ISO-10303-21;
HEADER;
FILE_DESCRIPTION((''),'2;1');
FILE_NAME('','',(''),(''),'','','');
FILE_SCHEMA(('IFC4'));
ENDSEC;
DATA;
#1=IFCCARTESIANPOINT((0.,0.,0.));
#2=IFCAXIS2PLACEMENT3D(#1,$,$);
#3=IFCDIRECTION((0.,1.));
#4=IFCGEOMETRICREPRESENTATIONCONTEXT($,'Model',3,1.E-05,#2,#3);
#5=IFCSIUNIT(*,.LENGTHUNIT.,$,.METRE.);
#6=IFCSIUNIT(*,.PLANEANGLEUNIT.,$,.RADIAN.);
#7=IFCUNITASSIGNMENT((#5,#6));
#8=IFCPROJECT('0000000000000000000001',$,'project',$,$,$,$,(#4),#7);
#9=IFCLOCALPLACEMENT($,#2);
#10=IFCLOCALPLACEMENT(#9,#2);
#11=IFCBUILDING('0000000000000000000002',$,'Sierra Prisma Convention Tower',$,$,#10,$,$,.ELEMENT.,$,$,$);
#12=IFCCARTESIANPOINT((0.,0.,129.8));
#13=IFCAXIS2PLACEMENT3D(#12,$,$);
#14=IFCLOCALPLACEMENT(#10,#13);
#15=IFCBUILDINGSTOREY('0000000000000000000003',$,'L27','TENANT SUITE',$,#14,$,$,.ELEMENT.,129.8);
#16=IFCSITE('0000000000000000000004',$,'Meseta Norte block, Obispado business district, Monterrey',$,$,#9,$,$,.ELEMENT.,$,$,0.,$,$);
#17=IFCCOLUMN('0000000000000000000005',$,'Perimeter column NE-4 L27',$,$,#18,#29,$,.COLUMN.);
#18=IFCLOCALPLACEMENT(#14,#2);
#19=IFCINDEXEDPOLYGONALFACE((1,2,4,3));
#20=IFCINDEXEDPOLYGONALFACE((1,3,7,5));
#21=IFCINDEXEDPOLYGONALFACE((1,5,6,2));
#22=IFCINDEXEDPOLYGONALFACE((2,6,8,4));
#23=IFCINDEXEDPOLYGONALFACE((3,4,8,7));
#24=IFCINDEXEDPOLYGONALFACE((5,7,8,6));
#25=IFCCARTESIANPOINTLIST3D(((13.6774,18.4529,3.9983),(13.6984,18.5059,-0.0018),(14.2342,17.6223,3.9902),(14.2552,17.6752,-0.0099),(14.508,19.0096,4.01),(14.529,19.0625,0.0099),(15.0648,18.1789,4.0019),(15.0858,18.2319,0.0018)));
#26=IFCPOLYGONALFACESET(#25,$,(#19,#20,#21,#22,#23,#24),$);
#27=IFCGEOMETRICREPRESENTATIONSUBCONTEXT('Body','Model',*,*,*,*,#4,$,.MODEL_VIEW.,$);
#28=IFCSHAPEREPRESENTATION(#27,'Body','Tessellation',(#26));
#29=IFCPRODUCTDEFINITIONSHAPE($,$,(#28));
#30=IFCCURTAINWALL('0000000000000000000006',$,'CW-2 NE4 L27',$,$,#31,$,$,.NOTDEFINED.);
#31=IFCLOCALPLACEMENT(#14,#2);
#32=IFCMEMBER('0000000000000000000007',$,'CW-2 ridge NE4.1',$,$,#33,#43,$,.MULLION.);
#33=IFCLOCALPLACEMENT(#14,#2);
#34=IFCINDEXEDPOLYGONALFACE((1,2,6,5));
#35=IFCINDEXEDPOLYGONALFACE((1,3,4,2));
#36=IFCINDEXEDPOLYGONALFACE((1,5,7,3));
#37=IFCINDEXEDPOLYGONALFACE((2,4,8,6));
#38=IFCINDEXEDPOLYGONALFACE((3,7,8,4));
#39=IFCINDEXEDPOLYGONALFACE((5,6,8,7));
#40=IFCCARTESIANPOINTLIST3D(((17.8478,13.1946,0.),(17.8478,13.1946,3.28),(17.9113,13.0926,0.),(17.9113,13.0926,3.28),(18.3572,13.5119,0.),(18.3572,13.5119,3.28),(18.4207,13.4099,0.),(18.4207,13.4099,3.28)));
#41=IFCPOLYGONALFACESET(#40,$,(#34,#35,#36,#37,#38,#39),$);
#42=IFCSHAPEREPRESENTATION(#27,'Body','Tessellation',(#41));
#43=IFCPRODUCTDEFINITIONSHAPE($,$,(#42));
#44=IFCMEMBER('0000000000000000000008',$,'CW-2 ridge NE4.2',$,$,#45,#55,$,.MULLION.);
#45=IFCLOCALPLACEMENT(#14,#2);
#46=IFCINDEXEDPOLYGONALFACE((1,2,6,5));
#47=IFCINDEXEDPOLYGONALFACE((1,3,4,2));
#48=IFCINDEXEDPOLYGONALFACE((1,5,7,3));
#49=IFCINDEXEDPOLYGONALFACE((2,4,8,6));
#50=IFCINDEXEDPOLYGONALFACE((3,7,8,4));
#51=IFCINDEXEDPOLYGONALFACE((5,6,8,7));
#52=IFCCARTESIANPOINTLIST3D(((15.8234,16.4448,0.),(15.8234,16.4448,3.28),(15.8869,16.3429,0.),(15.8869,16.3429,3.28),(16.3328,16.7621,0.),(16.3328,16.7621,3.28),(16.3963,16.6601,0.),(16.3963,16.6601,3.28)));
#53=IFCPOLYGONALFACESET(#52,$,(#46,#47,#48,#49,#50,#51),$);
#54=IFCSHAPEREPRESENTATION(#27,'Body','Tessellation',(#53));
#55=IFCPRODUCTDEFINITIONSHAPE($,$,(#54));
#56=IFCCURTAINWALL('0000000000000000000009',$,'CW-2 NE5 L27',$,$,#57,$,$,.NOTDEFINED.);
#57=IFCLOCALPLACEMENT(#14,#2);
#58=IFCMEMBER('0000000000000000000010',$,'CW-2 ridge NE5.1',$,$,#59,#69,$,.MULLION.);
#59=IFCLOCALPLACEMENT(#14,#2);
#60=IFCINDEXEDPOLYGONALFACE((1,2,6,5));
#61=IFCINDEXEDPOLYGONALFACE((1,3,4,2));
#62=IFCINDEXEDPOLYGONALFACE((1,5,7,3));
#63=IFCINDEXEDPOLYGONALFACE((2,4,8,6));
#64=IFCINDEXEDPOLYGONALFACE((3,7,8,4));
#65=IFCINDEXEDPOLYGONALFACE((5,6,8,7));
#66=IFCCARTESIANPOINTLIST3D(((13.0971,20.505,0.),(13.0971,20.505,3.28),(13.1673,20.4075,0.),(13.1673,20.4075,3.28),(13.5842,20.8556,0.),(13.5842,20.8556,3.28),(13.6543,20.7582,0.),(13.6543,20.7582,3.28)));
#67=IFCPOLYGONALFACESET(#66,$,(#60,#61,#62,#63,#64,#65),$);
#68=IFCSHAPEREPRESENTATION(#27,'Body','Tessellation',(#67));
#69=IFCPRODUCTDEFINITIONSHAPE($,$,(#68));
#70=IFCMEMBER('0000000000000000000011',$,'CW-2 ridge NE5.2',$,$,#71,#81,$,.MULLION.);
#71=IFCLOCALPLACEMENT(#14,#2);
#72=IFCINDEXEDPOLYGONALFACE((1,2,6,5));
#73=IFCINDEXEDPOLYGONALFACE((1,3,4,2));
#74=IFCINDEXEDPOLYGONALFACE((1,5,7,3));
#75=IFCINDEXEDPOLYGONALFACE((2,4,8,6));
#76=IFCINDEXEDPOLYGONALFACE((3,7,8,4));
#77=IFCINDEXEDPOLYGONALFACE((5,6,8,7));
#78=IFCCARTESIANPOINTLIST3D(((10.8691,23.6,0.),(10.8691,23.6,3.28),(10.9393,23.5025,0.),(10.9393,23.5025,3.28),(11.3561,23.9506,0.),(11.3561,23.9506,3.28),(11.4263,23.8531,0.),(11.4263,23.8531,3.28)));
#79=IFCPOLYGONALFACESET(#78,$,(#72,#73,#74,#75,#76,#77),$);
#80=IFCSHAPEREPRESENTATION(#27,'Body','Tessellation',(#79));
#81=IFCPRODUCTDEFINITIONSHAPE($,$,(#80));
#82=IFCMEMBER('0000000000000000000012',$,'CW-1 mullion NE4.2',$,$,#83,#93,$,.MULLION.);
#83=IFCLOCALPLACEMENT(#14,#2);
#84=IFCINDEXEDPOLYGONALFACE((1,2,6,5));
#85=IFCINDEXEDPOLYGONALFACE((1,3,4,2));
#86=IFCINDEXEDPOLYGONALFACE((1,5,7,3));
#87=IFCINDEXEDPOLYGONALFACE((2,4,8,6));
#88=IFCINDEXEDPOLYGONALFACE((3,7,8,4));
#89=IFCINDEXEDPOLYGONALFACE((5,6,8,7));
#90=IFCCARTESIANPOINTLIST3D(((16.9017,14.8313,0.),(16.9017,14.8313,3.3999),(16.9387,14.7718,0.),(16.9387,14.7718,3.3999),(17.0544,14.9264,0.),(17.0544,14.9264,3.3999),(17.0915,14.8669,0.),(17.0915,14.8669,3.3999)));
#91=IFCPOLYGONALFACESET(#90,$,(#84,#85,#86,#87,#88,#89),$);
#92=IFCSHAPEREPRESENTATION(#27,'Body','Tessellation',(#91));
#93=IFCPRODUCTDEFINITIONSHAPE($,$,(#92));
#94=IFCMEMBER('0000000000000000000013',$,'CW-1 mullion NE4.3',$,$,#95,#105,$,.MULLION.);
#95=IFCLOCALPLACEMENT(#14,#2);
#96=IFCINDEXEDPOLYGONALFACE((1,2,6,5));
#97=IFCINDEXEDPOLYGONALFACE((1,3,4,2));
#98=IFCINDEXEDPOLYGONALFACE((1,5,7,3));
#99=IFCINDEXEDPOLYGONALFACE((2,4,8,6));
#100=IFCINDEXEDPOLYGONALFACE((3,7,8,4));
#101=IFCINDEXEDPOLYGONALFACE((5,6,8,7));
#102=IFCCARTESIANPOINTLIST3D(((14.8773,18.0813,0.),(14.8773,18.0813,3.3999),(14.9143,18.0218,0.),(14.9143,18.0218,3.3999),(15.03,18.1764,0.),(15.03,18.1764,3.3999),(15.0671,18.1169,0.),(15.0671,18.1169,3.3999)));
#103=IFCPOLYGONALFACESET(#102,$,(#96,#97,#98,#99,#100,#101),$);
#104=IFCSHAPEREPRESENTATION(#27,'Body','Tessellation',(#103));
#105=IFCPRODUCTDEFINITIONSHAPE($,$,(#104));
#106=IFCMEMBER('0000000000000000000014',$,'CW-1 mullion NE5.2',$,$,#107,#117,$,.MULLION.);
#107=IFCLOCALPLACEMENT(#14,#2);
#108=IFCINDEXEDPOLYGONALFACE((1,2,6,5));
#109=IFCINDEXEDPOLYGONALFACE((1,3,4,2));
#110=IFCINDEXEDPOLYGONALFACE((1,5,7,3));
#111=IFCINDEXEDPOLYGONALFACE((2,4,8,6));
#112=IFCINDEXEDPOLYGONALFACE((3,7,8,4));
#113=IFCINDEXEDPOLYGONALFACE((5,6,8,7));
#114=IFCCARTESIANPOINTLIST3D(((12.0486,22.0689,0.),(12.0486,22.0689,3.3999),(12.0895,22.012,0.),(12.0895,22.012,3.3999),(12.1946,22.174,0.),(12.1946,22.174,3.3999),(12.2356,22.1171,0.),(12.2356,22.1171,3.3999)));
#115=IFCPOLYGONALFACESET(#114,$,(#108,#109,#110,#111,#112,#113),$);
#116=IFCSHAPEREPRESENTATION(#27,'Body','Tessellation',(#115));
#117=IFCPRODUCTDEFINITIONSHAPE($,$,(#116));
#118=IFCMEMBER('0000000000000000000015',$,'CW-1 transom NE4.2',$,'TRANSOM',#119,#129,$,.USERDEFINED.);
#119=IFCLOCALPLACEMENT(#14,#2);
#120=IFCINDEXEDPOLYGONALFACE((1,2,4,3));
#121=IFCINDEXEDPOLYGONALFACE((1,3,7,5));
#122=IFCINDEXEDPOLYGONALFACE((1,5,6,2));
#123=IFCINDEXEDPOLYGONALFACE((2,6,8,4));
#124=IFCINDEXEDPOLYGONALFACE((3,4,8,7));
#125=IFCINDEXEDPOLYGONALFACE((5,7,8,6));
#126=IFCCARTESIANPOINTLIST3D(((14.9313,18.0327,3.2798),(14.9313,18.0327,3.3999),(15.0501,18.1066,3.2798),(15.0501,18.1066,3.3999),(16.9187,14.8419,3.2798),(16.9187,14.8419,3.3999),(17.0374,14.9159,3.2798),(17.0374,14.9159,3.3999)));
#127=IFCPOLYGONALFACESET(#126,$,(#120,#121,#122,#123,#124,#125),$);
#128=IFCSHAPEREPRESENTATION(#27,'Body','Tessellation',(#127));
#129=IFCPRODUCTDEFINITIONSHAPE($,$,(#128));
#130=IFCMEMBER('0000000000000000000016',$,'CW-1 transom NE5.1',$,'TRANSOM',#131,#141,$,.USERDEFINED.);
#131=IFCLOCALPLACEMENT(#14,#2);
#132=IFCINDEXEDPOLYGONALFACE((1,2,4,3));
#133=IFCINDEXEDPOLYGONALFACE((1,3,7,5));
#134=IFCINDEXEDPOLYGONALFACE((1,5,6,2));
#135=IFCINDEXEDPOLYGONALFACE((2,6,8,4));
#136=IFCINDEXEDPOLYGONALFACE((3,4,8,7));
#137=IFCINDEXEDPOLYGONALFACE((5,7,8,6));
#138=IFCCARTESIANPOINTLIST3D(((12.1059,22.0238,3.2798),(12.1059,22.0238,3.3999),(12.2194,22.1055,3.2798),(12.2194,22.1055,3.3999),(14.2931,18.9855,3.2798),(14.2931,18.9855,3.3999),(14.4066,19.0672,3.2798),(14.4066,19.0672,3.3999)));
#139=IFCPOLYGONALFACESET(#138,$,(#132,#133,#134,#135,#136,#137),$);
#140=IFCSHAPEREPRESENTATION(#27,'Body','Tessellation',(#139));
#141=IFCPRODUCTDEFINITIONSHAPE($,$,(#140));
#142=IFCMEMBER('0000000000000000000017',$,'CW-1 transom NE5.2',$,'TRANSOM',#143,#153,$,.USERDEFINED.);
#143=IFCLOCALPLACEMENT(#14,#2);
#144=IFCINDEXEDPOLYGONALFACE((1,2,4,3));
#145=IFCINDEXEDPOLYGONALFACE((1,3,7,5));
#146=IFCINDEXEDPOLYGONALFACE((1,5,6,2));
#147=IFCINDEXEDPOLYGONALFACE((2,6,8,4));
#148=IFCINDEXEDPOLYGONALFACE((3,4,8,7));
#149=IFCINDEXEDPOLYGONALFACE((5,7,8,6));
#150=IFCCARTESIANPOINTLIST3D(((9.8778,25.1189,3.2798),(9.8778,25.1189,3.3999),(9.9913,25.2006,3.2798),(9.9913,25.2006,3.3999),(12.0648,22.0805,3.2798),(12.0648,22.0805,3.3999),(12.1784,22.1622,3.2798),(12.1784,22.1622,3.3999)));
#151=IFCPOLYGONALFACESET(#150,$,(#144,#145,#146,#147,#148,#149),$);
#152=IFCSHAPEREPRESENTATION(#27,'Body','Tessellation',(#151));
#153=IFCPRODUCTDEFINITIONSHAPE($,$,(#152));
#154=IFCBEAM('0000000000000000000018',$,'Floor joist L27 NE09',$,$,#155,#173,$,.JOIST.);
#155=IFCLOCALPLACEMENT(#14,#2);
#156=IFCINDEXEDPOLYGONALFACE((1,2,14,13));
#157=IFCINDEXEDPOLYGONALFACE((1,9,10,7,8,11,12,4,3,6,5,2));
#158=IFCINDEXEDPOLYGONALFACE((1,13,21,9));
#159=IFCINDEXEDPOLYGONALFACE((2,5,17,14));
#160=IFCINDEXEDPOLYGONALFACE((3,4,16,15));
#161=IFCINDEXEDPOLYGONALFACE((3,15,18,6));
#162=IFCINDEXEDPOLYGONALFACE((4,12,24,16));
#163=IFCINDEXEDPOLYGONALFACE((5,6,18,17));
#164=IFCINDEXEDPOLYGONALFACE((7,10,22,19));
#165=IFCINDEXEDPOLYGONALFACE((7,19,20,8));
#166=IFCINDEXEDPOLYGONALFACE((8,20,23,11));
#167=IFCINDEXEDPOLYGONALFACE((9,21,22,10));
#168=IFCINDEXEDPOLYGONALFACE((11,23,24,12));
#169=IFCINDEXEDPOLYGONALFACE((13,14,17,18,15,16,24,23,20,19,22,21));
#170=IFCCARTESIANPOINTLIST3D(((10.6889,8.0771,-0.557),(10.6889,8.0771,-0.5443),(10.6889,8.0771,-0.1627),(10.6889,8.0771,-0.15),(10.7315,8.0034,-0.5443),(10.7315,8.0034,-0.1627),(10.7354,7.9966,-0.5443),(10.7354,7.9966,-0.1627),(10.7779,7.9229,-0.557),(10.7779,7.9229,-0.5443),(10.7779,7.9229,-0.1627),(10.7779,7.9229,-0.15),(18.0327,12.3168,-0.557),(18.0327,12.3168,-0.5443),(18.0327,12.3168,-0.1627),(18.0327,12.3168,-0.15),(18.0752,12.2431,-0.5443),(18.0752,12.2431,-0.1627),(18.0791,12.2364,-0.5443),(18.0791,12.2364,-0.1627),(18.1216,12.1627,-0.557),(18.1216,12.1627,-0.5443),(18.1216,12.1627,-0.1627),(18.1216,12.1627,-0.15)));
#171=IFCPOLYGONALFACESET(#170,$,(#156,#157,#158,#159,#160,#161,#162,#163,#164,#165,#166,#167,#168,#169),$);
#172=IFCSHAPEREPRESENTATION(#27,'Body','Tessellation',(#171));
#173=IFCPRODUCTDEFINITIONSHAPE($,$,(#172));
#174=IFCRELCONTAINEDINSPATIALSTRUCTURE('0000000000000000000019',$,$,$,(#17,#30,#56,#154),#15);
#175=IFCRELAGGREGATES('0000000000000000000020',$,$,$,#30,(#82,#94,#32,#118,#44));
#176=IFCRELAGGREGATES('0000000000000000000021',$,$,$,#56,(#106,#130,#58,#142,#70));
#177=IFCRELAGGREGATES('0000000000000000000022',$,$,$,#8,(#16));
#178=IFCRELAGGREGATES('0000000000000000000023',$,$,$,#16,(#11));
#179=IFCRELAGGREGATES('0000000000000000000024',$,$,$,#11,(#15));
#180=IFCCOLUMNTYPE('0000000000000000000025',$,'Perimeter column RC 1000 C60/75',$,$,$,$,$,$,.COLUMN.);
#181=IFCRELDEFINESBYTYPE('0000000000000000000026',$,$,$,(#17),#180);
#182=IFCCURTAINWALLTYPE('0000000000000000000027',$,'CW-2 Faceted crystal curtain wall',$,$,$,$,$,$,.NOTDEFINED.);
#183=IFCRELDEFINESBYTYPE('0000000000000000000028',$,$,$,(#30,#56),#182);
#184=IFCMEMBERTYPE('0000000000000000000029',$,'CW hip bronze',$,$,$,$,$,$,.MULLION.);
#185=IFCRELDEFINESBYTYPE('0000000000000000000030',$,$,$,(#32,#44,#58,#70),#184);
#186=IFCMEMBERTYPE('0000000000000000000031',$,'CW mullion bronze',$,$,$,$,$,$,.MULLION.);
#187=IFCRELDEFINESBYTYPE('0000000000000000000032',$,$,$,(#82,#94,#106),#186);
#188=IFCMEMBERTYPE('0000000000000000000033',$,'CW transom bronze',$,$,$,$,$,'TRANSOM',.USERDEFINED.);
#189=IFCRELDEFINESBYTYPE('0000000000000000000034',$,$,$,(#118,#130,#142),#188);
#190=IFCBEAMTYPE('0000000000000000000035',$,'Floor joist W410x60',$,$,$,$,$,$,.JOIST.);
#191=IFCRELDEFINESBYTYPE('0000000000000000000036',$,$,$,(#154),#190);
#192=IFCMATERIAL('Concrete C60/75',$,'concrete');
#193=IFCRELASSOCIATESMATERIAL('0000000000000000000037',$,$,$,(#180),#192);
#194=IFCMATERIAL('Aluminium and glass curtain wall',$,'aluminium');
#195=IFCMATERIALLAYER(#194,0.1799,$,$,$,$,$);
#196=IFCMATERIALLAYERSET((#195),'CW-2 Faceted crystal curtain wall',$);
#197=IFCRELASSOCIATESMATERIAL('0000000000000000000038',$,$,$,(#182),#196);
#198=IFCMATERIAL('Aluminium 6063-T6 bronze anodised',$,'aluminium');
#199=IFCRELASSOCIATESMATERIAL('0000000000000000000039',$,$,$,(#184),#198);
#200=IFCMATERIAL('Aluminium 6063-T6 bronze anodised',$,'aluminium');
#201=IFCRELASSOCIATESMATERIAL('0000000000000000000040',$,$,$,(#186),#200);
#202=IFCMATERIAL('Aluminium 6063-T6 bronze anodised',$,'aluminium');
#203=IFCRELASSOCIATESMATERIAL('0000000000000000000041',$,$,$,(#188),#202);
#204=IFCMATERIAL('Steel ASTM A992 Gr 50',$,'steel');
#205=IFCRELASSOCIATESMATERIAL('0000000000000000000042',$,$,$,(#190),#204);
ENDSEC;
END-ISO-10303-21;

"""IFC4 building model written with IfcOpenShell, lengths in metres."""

from ifc_helpers import new_model, si_unit, direction, frame, origin, origin_2d, place, context, subcontext, project, spatial, rectangle, i_section, extrude, material, layer, layer_set, material_profile, profile_set, type_object, element, aggregate, save


model = new_model("IFC4")

# Units and contexts
model_context = context("Model", 3, precision=1e-05, world=origin(), true_north=direction((0.0, 1.0)))
body_context = subcontext(model_context, "Body", "Model", "MODEL_VIEW")
ifc_project = project(units=[si_unit("LENGTHUNIT", "METRE"), si_unit("PLANEANGLEUNIT", "RADIAN")], contexts=[model_context])

# Site, building, storey
site_placement = place(None, origin())
site = spatial("IfcSite", under=ifc_project, at=site_placement, Name="Meseta Norte block, Obispado business district, Monterrey", CompositionType="ELEMENT", RefElevation=0.0)
building_placement = place(site_placement, origin())
building = spatial("IfcBuilding", under=site, at=building_placement, Name="Sierra Prisma Convention Tower", CompositionType="ELEMENT")
storey_placement = place(building_placement, frame((0.0, 0.0, 129.8)))
storey = spatial("IfcBuildingStorey", under=building, at=storey_placement, Name="L27", Description="TENANT SUITE", CompositionType="ELEMENT", Elevation=129.8)

# Column
ifc_material_1 = material(Name="Concrete C60/75", Category="concrete")
ifc_material_profile_1 = material_profile(ifc_material_1, rectangle(XDim=1.0, YDim=1.0, at=origin_2d()), Name="Perimeter column RC 1000 C60/75")
ifc_profile_set_1 = profile_set([ifc_material_profile_1], Name="Concrete C60/75")
column_type = type_object("IfcColumnType", Name="Perimeter column RC 1000 C60/75", PredefinedType="COLUMN", material=ifc_profile_set_1)
column_placement = place(storey_placement, frame((14.3921, 18.3689, 0.0), z_axis=(-0.005248, -0.013243, 0.999899), x_axis=(-0.556777, 0.830623, 0.008079)))
element("IfcColumn", 1, at=column_placement, inside=storey, type_object=column_type, Name="Perimeter column NE-4 L27", PredefinedType="COLUMN", context=body_context, shape_type="SweptSolid", body=[
    extrude(rectangle(XDim=1.0, YDim=1.0, at=origin_2d()), origin(), (0.0, 0.0, 1.0), 4.0005),
])

# Curtain walls, members
ifc_material_2 = material(Name="Aluminium and glass curtain wall", Category="aluminium")
ifc_layer_1 = layer(ifc_material_2, 0.1799)
ifc_layer_set_1 = layer_set([ifc_layer_1], Name="CW-2 Faceted crystal curtain wall")
curtain_wall_type = type_object("IfcCurtainWallType", Name="CW-2 Faceted crystal curtain wall", PredefinedType="NOTDEFINED", material=ifc_layer_set_1)
curtain_wall_1_placement = place(storey_placement, origin())
curtain_wall_1 = element("IfcCurtainWall", 2, at=curtain_wall_1_placement, inside=storey, type_object=curtain_wall_type, Name="CW-2 NE4 L27", PredefinedType="NOTDEFINED")
ifc_material_3 = material(Name="Aluminium 6063-T6 bronze anodised", Category="aluminium")
ifc_material_profile_2 = material_profile(ifc_material_3, rectangle(XDim=0.1201, YDim=0.6001, at=origin_2d()), Name="ALU RIDGE BLADE 120x600")
ifc_profile_set_2 = profile_set([ifc_material_profile_2], Name="Aluminium 6063-T6 bronze anodised")
member_type_1 = type_object("IfcMemberType", Name="CW hip bronze", PredefinedType="MULLION", material=ifc_profile_set_2)
member_1_placement = place(storey_placement, frame((18.1343, 13.3022, 0.0), z_axis=(0.0, 0.0, 1.0), x_axis=(-0.528688, 0.848816, 0.0)))
member_1 = element("IfcMember", 3, at=member_1_placement, type_object=member_type_1, Name="CW-2 ridge NE4.1", PredefinedType="MULLION", context=body_context, shape_type="SweptSolid", body=[
    extrude(rectangle(XDim=0.1201, YDim=0.6001, at=origin_2d()), origin(), (0.0, 0.0, 1.0), 3.28),
])
member_2_placement = place(storey_placement, frame((16.1099, 16.5525, 0.0), z_axis=(0.0, 0.0, 1.0), x_axis=(-0.528688, 0.848816, 0.0)))
member_2 = element("IfcMember", 4, at=member_2_placement, type_object=member_type_1, Name="CW-2 ridge NE4.2", PredefinedType="MULLION", context=body_context, shape_type="SweptSolid", body=[
    extrude(rectangle(XDim=0.1201, YDim=0.6001, at=origin_2d()), origin(), (0.0, 0.0, 1.0), 3.28),
])
curtain_wall_2_placement = place(storey_placement, origin())
curtain_wall_2 = element("IfcCurtainWall", 5, at=curtain_wall_2_placement, inside=storey, type_object=curtain_wall_type, Name="CW-2 NE5 L27", PredefinedType="NOTDEFINED")
member_3_placement = place(storey_placement, frame((13.3757, 20.6316, 0.0), z_axis=(0.0, 0.0, 1.0), x_axis=(-0.584258, 0.811568, 0.0)))
member_3 = element("IfcMember", 6, at=member_3_placement, type_object=member_type_1, Name="CW-2 ridge NE5.1", PredefinedType="MULLION", context=body_context, shape_type="SweptSolid", body=[
    extrude(rectangle(XDim=0.1201, YDim=0.6001, at=origin_2d()), origin(), (0.0, 0.0, 1.0), 3.28),
])
member_4_placement = place(storey_placement, frame((11.1477, 23.7266, 0.0), z_axis=(0.0, 0.0, 1.0), x_axis=(-0.584258, 0.811568, 0.0)))
member_4 = element("IfcMember", 7, at=member_4_placement, type_object=member_type_1, Name="CW-2 ridge NE5.2", PredefinedType="MULLION", context=body_context, shape_type="SweptSolid", body=[
    extrude(rectangle(XDim=0.1201, YDim=0.6001, at=origin_2d()), origin(), (0.0, 0.0, 1.0), 3.28),
])

# Members
ifc_material_4 = material(Name="Aluminium 6063-T6 bronze anodised", Category="aluminium")
ifc_material_profile_3 = material_profile(ifc_material_4, rectangle(XDim=0.1799, YDim=0.0701, at=origin_2d()), Name="ALU MULLION 70x180")
ifc_profile_set_3 = profile_set([ifc_material_profile_3], Name="Aluminium 6063-T6 bronze anodised")
member_type_2 = type_object("IfcMemberType", Name="CW mullion bronze", PredefinedType="MULLION", material=ifc_profile_set_3)
member_5_placement = place(storey_placement, frame((16.9966, 14.8491, 0.0), z_axis=(0.0, 0.0, 1.0), x_axis=(-0.848816, -0.528688, 0.0)))
member_5 = element("IfcMember", 8, at=member_5_placement, type_object=member_type_2, Name="CW-1 mullion NE4.2", PredefinedType="MULLION", context=body_context, shape_type="SweptSolid", body=[
    extrude(rectangle(XDim=0.1799, YDim=0.0701, at=origin_2d()), origin(), (0.0, 0.0, 1.0), 3.3999),
])
member_6_placement = place(storey_placement, frame((14.9722, 18.0991, 0.0), z_axis=(0.0, 0.0, 1.0), x_axis=(-0.848816, -0.528688, 0.0)))
member_6 = element("IfcMember", 9, at=member_6_placement, type_object=member_type_2, Name="CW-1 mullion NE4.3", PredefinedType="MULLION", context=body_context, shape_type="SweptSolid", body=[
    extrude(rectangle(XDim=0.1799, YDim=0.0701, at=origin_2d()), origin(), (0.0, 0.0, 1.0), 3.3999),
])
member_7_placement = place(storey_placement, frame((12.1421, 22.093, 0.0), z_axis=(0.0, 0.0, 1.0), x_axis=(-0.811568, -0.584258, 0.0)))
member_7 = element("IfcMember", 10, at=member_7_placement, type_object=member_type_2, Name="CW-1 mullion NE5.2", PredefinedType="MULLION", context=body_context, shape_type="SweptSolid", body=[
    extrude(rectangle(XDim=0.1799, YDim=0.0701, at=origin_2d()), origin(), (0.0, 0.0, 1.0), 3.3999),
])
ifc_material_5 = material(Name="Aluminium 6063-T6 bronze anodised", Category="aluminium")
ifc_material_profile_4 = material_profile(ifc_material_5, rectangle(XDim=0.1399, YDim=0.1201, at=origin_2d()), Name="ALU TRANSOM 120x140")
ifc_profile_set_4 = profile_set([ifc_material_profile_4], Name="Aluminium 6063-T6 bronze anodised")
member_type_3 = type_object("IfcMemberType", Name="CW transom bronze", ElementType="TRANSOM", PredefinedType="USERDEFINED", material=ifc_profile_set_4)
member_8_placement = place(storey_placement, frame((16.978, 14.8789, 3.3398), z_axis=(-0.528685, 0.848818, 0.0), x_axis=(-0.848818, -0.528685, 0.0)))
member_8 = element("IfcMember", 11, at=member_8_placement, type_object=member_type_3, Name="CW-1 transom NE4.2", ObjectType="TRANSOM", PredefinedType="USERDEFINED", context=body_context, shape_type="SweptSolid", body=[
    extrude(rectangle(XDim=0.1399, YDim=0.1201, at=origin_2d()), origin(), (0.0, 0.0, 1.0), 3.759),
])
member_9_placement = place(storey_placement, frame((14.3499, 19.0264, 3.3398), z_axis=(-0.584245, 0.811578, 0.0), x_axis=(-0.811578, -0.584245, 0.0)))
member_9 = element("IfcMember", 12, at=member_9_placement, type_object=member_type_3, Name="CW-1 transom NE5.1", ObjectType="TRANSOM", PredefinedType="USERDEFINED", context=body_context, shape_type="SweptSolid", body=[
    extrude(rectangle(XDim=0.1399, YDim=0.1201, at=origin_2d()), origin(), (0.0, 0.0, 1.0), 3.7437),
])
member_10_placement = place(storey_placement, frame((12.1216, 22.1213, 3.3398), z_axis=(-0.584202, 0.811609, 0.0), x_axis=(-0.811609, -0.584202, 0.0)))
member_10 = element("IfcMember", 13, at=member_10_placement, type_object=member_type_3, Name="CW-1 transom NE5.2", ObjectType="TRANSOM", PredefinedType="USERDEFINED", context=body_context, shape_type="SweptSolid", body=[
    extrude(rectangle(XDim=0.1399, YDim=0.1201, at=origin_2d()), origin(), (0.0, 0.0, 1.0), 3.7437),
])

# Beam
ifc_material_6 = material(Name="Steel ASTM A992 Gr 50", Category="steel")
ifc_material_profile_5 = material_profile(ifc_material_6, i_section(OverallWidth=0.178, OverallDepth=0.407, WebThickness=0.0078, FlangeThickness=0.0127, at=origin_2d()), Name="W410x60")
ifc_profile_set_5 = profile_set([ifc_material_profile_5], Name="Steel ASTM A992 Gr 50")
beam_type_1 = type_object("IfcBeamType", Name="Floor joist W410x60", PredefinedType="JOIST", material=ifc_profile_set_5)
beam_1_placement = place(storey_placement, frame((18.0771, 12.2397, -0.3535), z_axis=(-0.866034, -0.499985, 0.0), x_axis=(0.499985, -0.866034, 0.0)))
element("IfcBeam", 14, at=beam_1_placement, inside=storey, type_object=beam_type_1, Name="Floor joist L27 NE09", PredefinedType="JOIST", context=body_context, shape_type="SweptSolid", body=[
    extrude(i_section(OverallWidth=0.178, OverallDepth=0.407, WebThickness=0.0078, FlangeThickness=0.0127, at=origin_2d()), origin(), (0.0, 0.0, 1.0), 8.4797),
])

aggregate(curtain_wall_1, [member_5, member_6, member_1, member_8, member_2])
aggregate(curtain_wall_2, [member_7, member_9, member_3, member_10, member_4])

save(model, "model.ifc")
